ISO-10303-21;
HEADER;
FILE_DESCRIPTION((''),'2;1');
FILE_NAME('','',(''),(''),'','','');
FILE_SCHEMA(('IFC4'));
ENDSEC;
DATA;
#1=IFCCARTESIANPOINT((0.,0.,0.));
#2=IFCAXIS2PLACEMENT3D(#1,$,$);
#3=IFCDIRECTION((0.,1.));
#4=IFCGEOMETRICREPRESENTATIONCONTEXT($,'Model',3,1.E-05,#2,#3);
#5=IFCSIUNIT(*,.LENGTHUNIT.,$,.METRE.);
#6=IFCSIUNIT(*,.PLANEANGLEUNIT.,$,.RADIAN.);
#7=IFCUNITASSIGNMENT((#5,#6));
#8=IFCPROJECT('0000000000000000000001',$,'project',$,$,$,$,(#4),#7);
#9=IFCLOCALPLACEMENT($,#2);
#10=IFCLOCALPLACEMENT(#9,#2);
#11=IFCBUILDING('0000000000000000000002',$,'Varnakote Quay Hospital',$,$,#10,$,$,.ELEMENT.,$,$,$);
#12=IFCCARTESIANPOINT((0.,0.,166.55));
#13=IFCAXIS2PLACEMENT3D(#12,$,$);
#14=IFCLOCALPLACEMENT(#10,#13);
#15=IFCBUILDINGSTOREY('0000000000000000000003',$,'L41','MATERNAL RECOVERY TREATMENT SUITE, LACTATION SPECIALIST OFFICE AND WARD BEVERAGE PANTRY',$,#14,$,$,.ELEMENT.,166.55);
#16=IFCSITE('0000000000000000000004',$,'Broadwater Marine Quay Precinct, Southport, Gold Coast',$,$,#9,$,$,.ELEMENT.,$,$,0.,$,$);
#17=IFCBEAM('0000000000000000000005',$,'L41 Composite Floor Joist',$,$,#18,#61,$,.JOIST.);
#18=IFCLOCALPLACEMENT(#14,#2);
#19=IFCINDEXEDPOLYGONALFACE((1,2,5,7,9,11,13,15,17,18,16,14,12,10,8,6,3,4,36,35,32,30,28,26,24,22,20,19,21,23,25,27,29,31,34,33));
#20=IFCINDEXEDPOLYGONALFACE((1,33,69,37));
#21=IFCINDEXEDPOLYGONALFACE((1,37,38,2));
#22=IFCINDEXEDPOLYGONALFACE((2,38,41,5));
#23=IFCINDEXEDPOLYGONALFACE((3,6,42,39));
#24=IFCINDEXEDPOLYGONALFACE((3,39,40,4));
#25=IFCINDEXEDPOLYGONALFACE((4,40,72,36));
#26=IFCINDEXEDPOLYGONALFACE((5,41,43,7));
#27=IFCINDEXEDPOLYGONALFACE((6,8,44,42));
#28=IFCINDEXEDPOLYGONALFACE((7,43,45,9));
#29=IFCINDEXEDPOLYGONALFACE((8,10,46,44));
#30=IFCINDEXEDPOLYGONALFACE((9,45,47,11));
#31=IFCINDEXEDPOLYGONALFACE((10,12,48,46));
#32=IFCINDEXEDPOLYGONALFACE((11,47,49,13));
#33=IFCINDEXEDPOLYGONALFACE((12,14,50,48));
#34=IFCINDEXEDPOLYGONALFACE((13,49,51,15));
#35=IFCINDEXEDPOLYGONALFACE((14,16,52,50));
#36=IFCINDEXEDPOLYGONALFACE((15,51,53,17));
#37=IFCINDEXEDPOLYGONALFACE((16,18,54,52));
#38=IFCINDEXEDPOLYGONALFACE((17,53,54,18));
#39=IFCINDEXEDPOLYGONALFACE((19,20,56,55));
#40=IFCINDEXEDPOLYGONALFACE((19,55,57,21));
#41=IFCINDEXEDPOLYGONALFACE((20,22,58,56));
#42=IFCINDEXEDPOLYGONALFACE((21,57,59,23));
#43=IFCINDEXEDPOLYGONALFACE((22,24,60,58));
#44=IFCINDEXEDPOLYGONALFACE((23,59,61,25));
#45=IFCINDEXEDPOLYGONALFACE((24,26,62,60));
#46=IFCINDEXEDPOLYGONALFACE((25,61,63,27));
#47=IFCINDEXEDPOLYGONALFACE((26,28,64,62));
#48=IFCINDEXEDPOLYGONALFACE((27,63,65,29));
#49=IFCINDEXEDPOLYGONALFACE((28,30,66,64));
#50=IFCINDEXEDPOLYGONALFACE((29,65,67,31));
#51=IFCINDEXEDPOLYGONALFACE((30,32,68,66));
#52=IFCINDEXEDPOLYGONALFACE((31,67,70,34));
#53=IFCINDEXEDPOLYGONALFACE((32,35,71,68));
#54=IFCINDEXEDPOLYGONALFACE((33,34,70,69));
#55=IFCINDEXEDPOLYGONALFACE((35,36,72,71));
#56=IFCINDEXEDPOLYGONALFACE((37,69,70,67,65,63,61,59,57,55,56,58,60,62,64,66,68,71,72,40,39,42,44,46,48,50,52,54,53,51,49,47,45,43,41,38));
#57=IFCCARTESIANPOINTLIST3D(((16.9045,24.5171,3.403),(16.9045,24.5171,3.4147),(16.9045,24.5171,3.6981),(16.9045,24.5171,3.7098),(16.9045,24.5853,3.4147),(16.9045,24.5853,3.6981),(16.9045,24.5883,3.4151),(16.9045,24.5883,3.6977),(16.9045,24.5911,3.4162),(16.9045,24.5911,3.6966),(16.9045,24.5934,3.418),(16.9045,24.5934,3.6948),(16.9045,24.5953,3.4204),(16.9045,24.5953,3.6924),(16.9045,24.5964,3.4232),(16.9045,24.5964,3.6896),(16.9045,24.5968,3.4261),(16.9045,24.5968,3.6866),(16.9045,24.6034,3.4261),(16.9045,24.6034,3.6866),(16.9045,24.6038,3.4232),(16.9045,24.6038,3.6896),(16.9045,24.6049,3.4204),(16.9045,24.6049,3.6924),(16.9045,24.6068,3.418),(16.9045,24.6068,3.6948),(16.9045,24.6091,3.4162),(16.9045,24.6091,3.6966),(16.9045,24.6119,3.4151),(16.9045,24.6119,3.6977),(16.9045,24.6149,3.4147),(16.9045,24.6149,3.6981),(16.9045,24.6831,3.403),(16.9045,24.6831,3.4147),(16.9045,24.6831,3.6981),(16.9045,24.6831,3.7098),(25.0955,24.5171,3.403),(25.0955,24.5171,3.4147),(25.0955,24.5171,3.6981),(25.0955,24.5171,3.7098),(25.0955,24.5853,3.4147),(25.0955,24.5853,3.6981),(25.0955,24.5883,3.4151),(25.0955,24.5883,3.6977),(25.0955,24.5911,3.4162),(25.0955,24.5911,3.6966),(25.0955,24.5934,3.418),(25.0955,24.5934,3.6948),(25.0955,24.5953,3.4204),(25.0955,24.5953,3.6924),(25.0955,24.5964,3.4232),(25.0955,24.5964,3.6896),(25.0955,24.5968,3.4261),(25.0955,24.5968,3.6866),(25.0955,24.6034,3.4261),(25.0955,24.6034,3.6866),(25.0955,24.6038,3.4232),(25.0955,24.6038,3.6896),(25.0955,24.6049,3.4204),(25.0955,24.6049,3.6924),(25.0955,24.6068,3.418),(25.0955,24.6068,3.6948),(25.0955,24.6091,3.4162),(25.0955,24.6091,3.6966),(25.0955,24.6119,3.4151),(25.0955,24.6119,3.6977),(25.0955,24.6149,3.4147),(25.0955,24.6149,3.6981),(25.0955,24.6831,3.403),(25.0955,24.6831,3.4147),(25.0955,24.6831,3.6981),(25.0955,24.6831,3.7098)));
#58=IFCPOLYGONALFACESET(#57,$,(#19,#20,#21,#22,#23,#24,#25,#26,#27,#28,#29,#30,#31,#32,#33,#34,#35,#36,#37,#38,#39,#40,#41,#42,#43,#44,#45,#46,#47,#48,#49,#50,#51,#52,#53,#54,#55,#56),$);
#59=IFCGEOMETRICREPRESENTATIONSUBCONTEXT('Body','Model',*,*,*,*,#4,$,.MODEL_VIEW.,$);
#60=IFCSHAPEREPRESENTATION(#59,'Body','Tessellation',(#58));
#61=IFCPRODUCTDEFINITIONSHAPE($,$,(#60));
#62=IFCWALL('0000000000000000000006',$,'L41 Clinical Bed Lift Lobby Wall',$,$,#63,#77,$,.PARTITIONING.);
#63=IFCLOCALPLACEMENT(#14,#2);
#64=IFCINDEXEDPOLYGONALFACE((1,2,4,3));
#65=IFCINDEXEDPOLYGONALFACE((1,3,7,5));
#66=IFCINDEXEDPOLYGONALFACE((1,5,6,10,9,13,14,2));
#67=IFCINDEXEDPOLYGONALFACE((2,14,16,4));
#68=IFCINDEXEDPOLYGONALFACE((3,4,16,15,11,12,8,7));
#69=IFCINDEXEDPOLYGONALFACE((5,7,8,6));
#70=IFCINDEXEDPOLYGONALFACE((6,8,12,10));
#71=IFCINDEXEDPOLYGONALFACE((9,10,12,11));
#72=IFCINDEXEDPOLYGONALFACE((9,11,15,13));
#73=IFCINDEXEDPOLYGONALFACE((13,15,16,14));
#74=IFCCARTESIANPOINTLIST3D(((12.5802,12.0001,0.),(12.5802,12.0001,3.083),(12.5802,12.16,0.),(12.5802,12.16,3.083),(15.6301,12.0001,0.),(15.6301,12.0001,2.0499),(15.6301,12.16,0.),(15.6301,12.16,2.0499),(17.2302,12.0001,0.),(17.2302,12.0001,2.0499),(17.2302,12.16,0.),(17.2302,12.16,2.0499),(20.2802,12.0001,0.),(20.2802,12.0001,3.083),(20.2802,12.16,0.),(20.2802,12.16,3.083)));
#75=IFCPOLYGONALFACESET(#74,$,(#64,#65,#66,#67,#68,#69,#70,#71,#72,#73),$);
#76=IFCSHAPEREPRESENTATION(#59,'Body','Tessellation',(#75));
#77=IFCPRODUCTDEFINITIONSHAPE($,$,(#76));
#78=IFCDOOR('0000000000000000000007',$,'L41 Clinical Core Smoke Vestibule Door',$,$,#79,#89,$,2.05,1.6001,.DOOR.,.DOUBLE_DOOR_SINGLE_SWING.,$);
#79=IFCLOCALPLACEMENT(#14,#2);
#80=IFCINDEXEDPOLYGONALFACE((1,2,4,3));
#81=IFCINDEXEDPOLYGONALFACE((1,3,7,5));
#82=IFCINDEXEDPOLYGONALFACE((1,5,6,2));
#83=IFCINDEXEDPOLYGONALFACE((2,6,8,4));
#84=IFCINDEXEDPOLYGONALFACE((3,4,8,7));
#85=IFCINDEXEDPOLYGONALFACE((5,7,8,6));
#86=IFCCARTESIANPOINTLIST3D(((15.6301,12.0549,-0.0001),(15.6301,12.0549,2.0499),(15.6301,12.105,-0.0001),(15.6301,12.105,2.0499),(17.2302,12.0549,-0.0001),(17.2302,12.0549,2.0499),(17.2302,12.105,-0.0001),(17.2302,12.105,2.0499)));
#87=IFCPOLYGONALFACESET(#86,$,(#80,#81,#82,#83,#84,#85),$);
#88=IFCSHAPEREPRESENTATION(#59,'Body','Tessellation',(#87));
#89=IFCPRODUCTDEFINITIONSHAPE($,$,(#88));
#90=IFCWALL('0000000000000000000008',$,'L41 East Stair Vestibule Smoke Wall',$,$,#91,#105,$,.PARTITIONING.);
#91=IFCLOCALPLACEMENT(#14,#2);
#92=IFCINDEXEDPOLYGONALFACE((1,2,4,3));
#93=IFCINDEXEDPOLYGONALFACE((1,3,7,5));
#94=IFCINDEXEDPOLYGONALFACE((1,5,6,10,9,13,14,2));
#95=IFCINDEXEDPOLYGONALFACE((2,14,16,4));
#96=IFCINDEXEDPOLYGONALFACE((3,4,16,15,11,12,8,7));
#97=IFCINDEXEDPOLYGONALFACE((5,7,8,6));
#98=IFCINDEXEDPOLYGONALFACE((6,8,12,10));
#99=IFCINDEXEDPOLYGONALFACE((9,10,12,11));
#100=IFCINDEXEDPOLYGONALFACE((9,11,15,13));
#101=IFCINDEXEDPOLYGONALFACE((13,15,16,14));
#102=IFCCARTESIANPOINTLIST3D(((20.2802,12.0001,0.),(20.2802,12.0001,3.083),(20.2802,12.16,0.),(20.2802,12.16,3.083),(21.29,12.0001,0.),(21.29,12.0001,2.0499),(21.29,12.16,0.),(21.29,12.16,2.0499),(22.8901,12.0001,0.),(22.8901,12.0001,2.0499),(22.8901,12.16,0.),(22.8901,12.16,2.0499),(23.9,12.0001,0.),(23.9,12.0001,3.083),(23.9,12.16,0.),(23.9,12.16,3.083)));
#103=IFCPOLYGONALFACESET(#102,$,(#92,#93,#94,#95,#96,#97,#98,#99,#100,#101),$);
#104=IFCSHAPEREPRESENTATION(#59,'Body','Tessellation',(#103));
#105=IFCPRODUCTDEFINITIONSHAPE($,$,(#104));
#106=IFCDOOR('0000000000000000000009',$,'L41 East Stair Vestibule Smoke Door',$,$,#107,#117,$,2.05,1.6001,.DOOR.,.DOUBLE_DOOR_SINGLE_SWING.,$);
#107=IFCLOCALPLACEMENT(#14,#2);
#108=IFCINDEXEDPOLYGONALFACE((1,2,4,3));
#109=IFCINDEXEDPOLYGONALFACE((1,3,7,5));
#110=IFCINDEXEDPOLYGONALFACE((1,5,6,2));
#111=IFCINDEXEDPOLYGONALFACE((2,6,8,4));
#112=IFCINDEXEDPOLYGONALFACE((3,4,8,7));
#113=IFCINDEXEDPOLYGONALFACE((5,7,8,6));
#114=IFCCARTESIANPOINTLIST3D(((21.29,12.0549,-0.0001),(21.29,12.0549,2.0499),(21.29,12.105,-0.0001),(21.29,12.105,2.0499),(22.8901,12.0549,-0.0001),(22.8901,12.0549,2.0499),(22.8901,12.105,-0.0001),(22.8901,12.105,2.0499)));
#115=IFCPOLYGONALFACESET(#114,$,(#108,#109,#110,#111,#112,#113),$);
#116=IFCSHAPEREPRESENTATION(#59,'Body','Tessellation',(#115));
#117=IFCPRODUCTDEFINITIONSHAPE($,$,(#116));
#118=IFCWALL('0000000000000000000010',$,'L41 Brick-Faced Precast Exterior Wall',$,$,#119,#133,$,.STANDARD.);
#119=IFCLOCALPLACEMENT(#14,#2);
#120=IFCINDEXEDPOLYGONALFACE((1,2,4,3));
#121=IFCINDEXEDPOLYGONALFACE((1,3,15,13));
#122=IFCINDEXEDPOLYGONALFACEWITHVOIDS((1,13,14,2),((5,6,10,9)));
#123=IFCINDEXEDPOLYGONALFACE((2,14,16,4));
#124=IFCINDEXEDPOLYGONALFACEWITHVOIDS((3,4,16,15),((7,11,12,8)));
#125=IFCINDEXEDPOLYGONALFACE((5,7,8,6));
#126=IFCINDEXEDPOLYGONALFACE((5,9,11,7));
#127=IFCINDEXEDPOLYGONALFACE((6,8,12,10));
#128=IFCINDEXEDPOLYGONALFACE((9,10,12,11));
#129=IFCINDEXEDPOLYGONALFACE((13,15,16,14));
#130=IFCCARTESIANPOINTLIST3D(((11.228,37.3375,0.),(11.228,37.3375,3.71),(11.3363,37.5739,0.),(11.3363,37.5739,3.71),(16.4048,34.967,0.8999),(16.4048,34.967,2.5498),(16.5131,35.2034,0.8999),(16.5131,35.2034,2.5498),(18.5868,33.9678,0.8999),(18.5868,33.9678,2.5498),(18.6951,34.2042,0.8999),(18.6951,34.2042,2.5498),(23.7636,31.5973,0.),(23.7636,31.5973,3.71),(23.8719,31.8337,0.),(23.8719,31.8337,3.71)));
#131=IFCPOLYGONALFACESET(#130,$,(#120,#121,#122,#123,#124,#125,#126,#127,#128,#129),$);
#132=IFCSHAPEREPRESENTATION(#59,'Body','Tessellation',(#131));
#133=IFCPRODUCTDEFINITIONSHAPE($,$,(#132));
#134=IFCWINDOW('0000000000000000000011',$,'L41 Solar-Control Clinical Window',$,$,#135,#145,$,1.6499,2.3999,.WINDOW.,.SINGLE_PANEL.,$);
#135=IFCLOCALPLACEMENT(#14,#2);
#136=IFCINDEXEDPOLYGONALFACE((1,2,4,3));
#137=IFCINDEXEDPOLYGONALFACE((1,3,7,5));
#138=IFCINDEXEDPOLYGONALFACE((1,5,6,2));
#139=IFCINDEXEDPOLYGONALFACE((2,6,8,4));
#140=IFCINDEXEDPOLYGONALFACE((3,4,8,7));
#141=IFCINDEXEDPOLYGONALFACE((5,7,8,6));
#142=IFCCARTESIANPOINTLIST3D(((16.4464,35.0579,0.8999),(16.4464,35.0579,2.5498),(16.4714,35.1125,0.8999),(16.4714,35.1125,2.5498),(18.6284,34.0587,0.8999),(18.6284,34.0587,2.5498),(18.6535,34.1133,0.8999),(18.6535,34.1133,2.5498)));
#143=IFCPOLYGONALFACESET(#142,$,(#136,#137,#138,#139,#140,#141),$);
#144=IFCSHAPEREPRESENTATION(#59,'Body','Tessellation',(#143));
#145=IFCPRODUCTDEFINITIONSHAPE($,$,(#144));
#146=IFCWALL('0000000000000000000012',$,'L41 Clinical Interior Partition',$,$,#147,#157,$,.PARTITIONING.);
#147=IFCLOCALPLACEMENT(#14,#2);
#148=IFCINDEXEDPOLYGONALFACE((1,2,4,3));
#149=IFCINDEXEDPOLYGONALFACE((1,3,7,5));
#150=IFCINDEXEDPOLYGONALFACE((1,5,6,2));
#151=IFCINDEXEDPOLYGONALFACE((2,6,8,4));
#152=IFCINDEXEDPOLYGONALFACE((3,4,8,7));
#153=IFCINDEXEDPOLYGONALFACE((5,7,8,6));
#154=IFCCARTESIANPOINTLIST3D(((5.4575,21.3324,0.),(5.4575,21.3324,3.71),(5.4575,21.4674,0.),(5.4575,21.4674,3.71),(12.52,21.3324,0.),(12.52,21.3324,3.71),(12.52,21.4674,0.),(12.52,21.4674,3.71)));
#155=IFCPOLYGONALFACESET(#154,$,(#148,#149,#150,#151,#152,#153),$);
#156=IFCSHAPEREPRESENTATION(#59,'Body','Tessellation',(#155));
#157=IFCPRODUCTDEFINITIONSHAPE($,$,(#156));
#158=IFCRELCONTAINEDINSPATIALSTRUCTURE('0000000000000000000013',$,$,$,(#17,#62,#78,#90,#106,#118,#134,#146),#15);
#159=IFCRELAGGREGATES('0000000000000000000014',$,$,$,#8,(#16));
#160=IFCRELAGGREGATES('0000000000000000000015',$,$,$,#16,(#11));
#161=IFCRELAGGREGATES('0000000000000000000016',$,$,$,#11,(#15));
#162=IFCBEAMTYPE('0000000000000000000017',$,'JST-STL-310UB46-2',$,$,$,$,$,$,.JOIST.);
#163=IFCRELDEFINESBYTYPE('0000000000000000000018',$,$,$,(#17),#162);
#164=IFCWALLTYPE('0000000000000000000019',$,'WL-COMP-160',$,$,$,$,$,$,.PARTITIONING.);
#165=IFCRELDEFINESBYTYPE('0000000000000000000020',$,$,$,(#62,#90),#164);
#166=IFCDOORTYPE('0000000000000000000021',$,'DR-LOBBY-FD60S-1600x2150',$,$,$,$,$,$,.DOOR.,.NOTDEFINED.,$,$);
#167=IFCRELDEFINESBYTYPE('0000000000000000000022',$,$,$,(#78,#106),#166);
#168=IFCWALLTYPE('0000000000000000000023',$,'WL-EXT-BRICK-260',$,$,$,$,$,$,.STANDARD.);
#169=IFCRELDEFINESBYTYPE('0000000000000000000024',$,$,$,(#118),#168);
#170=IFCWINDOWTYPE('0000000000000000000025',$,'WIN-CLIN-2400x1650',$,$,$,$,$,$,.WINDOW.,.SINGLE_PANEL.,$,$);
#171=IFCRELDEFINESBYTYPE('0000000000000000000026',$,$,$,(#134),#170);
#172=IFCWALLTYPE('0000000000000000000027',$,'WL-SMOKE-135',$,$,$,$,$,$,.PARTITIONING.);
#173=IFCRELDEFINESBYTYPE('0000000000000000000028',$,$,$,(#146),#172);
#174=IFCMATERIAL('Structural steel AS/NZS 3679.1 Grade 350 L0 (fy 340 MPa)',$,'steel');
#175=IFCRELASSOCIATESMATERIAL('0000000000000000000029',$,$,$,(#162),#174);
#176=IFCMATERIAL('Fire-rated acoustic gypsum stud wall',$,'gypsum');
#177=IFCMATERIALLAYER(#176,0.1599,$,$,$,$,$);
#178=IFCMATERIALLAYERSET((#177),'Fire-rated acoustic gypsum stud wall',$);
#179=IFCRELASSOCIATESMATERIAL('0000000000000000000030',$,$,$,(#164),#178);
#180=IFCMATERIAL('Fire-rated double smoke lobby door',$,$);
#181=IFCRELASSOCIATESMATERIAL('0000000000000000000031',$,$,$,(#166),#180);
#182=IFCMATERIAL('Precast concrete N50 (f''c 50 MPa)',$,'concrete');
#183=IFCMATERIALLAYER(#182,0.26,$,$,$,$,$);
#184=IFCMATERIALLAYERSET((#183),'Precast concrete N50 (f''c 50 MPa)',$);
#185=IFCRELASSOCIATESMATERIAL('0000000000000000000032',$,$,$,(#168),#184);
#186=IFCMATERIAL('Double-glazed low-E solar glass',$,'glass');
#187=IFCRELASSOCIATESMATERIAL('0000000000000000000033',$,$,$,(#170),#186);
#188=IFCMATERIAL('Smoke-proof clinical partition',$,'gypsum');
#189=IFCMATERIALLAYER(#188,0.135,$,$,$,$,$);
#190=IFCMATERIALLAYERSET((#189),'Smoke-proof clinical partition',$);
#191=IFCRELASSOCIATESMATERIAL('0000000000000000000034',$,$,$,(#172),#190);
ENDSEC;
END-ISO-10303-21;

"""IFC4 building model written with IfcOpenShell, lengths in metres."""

from ifc_helpers import new_model, si_unit, direction, frame, frame_2d, origin, origin_2d, place, context, subcontext, project, spatial, rectangle, i_section, extrude, material, layer, layer_set, material_profile, profile_set, type_object, element, fill, save


model = new_model("IFC4")

# Units and contexts
model_context = context("Model", 3, precision=1e-05, world=origin(), true_north=direction((0.0, 1.0)))
body_context = subcontext(model_context, "Body", "Model", "MODEL_VIEW")
ifc_project = project(units=[si_unit("LENGTHUNIT", "METRE"), si_unit("PLANEANGLEUNIT", "RADIAN")], contexts=[model_context])

# Site, building, storey
site_placement = place(None, origin())
site = spatial("IfcSite", under=ifc_project, at=site_placement, Name="Broadwater Marine Quay Precinct, Southport, Gold Coast", CompositionType="ELEMENT", RefElevation=0.0)
building_placement = place(site_placement, origin())
building = spatial("IfcBuilding", under=site, at=building_placement, Name="Varnakote Quay Hospital", CompositionType="ELEMENT")
storey_placement = place(building_placement, frame((0.0, 0.0, 166.55)))
storey = spatial("IfcBuildingStorey", under=building, at=storey_placement, Name="L41", Description="MATERNAL RECOVERY TREATMENT SUITE, LACTATION SPECIALIST OFFICE AND WARD BEVERAGE PANTRY", CompositionType="ELEMENT", Elevation=166.55)

# Beam
ifc_material_1 = material(Name="Structural steel AS/NZS 3679.1 Grade 350 L0 (fy 340 MPa)", Category="steel")
ifc_material_profile_1 = material_profile(ifc_material_1, i_section(OverallWidth=0.166, OverallDepth=0.3069, WebThickness=0.0066, FlangeThickness=0.0117, FilletRadius=0.0115, at=origin_2d()), Name="310UB46.2")
ifc_profile_set_1 = profile_set([ifc_material_profile_1], Name="Structural steel AS/NZS 3679.1 Grade 350 L0 (fy 340 MPa)")
beam_type_1 = type_object("IfcBeamType", Name="JST-STL-310UB46-2", PredefinedType="JOIST", material=ifc_profile_set_1)
beam_1_placement = place(storey_placement, frame((16.9045, 24.6001, 3.5564), z_axis=(1.0, 0.0, 0.0), x_axis=(0.0, 1.0, 0.0)))
element("IfcBeam", 1, at=beam_1_placement, inside=storey, type_object=beam_type_1, Name="L41 Composite Floor Joist", PredefinedType="JOIST", context=body_context, shape_type="SweptSolid", body=[
    extrude(i_section(OverallWidth=0.166, OverallDepth=0.3069, WebThickness=0.0066, FlangeThickness=0.0117, FilletRadius=0.0115, at=origin_2d()), origin(), (0.0, 0.0, 1.0), 8.1909),
])

# Walls, openings, doors
ifc_material_2 = material(Name="Fire-rated acoustic gypsum stud wall", Category="gypsum")
ifc_layer_1 = layer(ifc_material_2, 0.1599)
ifc_layer_set_1 = layer_set([ifc_layer_1], Name="Fire-rated acoustic gypsum stud wall")
wall_type_1 = type_object("IfcWallType", Name="WL-COMP-160", PredefinedType="PARTITIONING", material=ifc_layer_set_1)
wall_1_placement = place(storey_placement, frame((12.5801, 12.0801, 0.0), z_axis=(0.0, 0.0, 1.0), x_axis=(1.0, 0.0, 0.0)))
wall_1 = element("IfcWall", 2, at=wall_1_placement, inside=storey, type_object=wall_type_1, Name="L41 Clinical Bed Lift Lobby Wall", PredefinedType="PARTITIONING", context=body_context, shape_type="SweptSolid", body=[
    extrude(rectangle(XDim=7.7, YDim=0.1599, at=frame_2d((3.8501, 0.0))), origin(), (0.0, 0.0, 1.0), 3.083),
])
opening_1_placement = place(wall_1_placement, frame((3.05, 0.0, 0.0)))
opening_1 = element("IfcOpeningElement", 3, at=opening_1_placement, cuts=wall_1, PredefinedType="OPENING", context=body_context, shape_type="SweptSolid", body=[
    extrude(rectangle(XDim=1.6001, YDim=2.05, at=frame_2d((0.8, 1.0249))), frame((0.0, 0.0898, 0.0), z_axis=(0.0, -1.0, 0.0), x_axis=(1.0, 0.0, 0.0)), (0.0, 0.0, 1.0), 0.1799),
])
ifc_material_3 = material(Name="Fire-rated double smoke lobby door")
door_type_1 = type_object("IfcDoorType", Name="DR-LOBBY-FD60S-1600x2150", OperationType="NOTDEFINED", PredefinedType="DOOR", material=ifc_material_3)
door_1_placement = place(opening_1_placement, origin())
door_1 = element("IfcDoor", 4, at=door_1_placement, inside=storey, type_object=door_type_1, Name="L41 Clinical Core Smoke Vestibule Door", OperationType="DOUBLE_DOOR_SINGLE_SWING", OverallHeight=2.05, OverallWidth=1.6001, PredefinedType="DOOR", context=body_context, shape_type="SweptSolid", body=[
    extrude(rectangle(XDim=1.6001, YDim=2.05, at=frame_2d((0.8, 1.0249))), frame((0.0, 0.0249, 0.0), z_axis=(0.0, -1.0, 0.0), x_axis=(1.0, 0.0, 0.0)), (0.0, 0.0, 1.0), 0.05),
])
fill(opening_1, door_1)
wall_2_placement = place(storey_placement, frame((20.28, 12.0801, 0.0), z_axis=(0.0, 0.0, 1.0), x_axis=(1.0, 0.0, 0.0)))
wall_2 = element("IfcWall", 5, at=wall_2_placement, inside=storey, type_object=wall_type_1, Name="L41 East Stair Vestibule Smoke Wall", PredefinedType="PARTITIONING", context=body_context, shape_type="SweptSolid", body=[
    extrude(rectangle(XDim=3.6199, YDim=0.1599, at=frame_2d((1.8101, 0.0))), origin(), (0.0, 0.0, 1.0), 3.083),
])
opening_2_placement = place(wall_2_placement, frame((1.01, 0.0, 0.0)))
opening_2 = element("IfcOpeningElement", 6, at=opening_2_placement, cuts=wall_2, PredefinedType="OPENING", context=body_context, shape_type="SweptSolid", body=[
    extrude(rectangle(XDim=1.6001, YDim=2.05, at=frame_2d((0.8, 1.0249))), frame((0.0, 0.0898, 0.0), z_axis=(0.0, -1.0, 0.0), x_axis=(1.0, 0.0, 0.0)), (0.0, 0.0, 1.0), 0.1799),
])
door_2_placement = place(opening_2_placement, origin())
door_2 = element("IfcDoor", 7, at=door_2_placement, inside=storey, type_object=door_type_1, Name="L41 East Stair Vestibule Smoke Door", OperationType="DOUBLE_DOOR_SINGLE_SWING", OverallHeight=2.05, OverallWidth=1.6001, PredefinedType="DOOR", context=body_context, shape_type="SweptSolid", body=[
    extrude(rectangle(XDim=1.6001, YDim=2.05, at=frame_2d((0.8, 1.0249))), frame((0.0, 0.0249, 0.0), z_axis=(0.0, -1.0, 0.0), x_axis=(1.0, 0.0, 0.0)), (0.0, 0.0, 1.0), 0.05),
])
fill(opening_2, door_2)

# Wall, opening, window
ifc_material_4 = material(Name="Precast concrete N50 (f'c 50 MPa)", Category="concrete")
ifc_layer_2 = layer(ifc_material_4, 0.26)
ifc_layer_set_2 = layer_set([ifc_layer_2], Name="Precast concrete N50 (f'c 50 MPa)")
wall_type_2 = type_object("IfcWallType", Name="WL-EXT-BRICK-260", PredefinedType="STANDARD", material=ifc_layer_set_2)
wall_3_placement = place(storey_placement, frame((23.8176, 31.7156, 0.0), z_axis=(0.0, 0.0, 1.0), x_axis=(-0.90921, 0.416339, 0.0)))
wall_3 = element("IfcWall", 8, at=wall_3_placement, inside=storey, type_object=wall_type_2, Name="L41 Brick-Faced Precast Exterior Wall", PredefinedType="STANDARD", context=body_context, shape_type="SweptSolid", body=[
    extrude(rectangle(XDim=13.7874, YDim=0.26, at=frame_2d((6.8936, 0.0))), origin(), (0.0, 0.0, 1.0), 3.71),
])
opening_3_placement = place(wall_3_placement, frame((5.6936, 0.0, 0.8999)))
opening_3 = element("IfcOpeningElement", 9, at=opening_3_placement, cuts=wall_3, PredefinedType="OPENING", context=body_context, shape_type="SweptSolid", body=[
    extrude(rectangle(XDim=2.3999, YDim=1.6499, at=frame_2d((1.2, 0.825))), frame((0.0, 0.1399, 0.0), z_axis=(0.0, -1.0, 0.0), x_axis=(1.0, 0.0, 0.0)), (0.0, 0.0, 1.0), 0.28),
])
ifc_material_5 = material(Name="Double-glazed low-E solar glass", Category="glass")
window_type = type_object("IfcWindowType", Name="WIN-CLIN-2400x1650", PartitioningType="SINGLE_PANEL", PredefinedType="WINDOW", material=ifc_material_5)
window_placement = place(opening_3_placement, origin())
window = element("IfcWindow", 10, at=window_placement, inside=storey, type_object=window_type, Name="L41 Solar-Control Clinical Window", OverallHeight=1.6499, OverallWidth=2.3999, PartitioningType="SINGLE_PANEL", PredefinedType="WINDOW", context=body_context, shape_type="SweptSolid", body=[
    extrude(rectangle(XDim=2.3999, YDim=1.6499, at=frame_2d((1.2, 0.825))), frame((0.0, 0.03, 0.0), z_axis=(0.0, -1.0, 0.0), x_axis=(1.0, 0.0, 0.0)), (0.0, 0.0, 1.0), 0.0601),
])
fill(opening_3, window)

# Wall
ifc_material_6 = material(Name="Smoke-proof clinical partition", Category="gypsum")
ifc_layer_3 = layer(ifc_material_6, 0.135)
ifc_layer_set_3 = layer_set([ifc_layer_3], Name="Smoke-proof clinical partition")
wall_type_3 = type_object("IfcWallType", Name="WL-SMOKE-135", PredefinedType="PARTITIONING", material=ifc_layer_set_3)
wall_4_placement = place(storey_placement, frame((12.52, 21.3999, 0.0), z_axis=(0.0, 0.0, 1.0), x_axis=(-1.0, 0.0, 0.0)))
element("IfcWall", 11, at=wall_4_placement, inside=storey, type_object=wall_type_3, Name="L41 Clinical Interior Partition", PredefinedType="PARTITIONING", context=body_context, shape_type="SweptSolid", body=[
    extrude(rectangle(XDim=7.0625, YDim=0.135, at=frame_2d((3.5312, 0.0))), origin(), (0.0, 0.0, 1.0), 3.71),
])

save(model, "model.ifc")
